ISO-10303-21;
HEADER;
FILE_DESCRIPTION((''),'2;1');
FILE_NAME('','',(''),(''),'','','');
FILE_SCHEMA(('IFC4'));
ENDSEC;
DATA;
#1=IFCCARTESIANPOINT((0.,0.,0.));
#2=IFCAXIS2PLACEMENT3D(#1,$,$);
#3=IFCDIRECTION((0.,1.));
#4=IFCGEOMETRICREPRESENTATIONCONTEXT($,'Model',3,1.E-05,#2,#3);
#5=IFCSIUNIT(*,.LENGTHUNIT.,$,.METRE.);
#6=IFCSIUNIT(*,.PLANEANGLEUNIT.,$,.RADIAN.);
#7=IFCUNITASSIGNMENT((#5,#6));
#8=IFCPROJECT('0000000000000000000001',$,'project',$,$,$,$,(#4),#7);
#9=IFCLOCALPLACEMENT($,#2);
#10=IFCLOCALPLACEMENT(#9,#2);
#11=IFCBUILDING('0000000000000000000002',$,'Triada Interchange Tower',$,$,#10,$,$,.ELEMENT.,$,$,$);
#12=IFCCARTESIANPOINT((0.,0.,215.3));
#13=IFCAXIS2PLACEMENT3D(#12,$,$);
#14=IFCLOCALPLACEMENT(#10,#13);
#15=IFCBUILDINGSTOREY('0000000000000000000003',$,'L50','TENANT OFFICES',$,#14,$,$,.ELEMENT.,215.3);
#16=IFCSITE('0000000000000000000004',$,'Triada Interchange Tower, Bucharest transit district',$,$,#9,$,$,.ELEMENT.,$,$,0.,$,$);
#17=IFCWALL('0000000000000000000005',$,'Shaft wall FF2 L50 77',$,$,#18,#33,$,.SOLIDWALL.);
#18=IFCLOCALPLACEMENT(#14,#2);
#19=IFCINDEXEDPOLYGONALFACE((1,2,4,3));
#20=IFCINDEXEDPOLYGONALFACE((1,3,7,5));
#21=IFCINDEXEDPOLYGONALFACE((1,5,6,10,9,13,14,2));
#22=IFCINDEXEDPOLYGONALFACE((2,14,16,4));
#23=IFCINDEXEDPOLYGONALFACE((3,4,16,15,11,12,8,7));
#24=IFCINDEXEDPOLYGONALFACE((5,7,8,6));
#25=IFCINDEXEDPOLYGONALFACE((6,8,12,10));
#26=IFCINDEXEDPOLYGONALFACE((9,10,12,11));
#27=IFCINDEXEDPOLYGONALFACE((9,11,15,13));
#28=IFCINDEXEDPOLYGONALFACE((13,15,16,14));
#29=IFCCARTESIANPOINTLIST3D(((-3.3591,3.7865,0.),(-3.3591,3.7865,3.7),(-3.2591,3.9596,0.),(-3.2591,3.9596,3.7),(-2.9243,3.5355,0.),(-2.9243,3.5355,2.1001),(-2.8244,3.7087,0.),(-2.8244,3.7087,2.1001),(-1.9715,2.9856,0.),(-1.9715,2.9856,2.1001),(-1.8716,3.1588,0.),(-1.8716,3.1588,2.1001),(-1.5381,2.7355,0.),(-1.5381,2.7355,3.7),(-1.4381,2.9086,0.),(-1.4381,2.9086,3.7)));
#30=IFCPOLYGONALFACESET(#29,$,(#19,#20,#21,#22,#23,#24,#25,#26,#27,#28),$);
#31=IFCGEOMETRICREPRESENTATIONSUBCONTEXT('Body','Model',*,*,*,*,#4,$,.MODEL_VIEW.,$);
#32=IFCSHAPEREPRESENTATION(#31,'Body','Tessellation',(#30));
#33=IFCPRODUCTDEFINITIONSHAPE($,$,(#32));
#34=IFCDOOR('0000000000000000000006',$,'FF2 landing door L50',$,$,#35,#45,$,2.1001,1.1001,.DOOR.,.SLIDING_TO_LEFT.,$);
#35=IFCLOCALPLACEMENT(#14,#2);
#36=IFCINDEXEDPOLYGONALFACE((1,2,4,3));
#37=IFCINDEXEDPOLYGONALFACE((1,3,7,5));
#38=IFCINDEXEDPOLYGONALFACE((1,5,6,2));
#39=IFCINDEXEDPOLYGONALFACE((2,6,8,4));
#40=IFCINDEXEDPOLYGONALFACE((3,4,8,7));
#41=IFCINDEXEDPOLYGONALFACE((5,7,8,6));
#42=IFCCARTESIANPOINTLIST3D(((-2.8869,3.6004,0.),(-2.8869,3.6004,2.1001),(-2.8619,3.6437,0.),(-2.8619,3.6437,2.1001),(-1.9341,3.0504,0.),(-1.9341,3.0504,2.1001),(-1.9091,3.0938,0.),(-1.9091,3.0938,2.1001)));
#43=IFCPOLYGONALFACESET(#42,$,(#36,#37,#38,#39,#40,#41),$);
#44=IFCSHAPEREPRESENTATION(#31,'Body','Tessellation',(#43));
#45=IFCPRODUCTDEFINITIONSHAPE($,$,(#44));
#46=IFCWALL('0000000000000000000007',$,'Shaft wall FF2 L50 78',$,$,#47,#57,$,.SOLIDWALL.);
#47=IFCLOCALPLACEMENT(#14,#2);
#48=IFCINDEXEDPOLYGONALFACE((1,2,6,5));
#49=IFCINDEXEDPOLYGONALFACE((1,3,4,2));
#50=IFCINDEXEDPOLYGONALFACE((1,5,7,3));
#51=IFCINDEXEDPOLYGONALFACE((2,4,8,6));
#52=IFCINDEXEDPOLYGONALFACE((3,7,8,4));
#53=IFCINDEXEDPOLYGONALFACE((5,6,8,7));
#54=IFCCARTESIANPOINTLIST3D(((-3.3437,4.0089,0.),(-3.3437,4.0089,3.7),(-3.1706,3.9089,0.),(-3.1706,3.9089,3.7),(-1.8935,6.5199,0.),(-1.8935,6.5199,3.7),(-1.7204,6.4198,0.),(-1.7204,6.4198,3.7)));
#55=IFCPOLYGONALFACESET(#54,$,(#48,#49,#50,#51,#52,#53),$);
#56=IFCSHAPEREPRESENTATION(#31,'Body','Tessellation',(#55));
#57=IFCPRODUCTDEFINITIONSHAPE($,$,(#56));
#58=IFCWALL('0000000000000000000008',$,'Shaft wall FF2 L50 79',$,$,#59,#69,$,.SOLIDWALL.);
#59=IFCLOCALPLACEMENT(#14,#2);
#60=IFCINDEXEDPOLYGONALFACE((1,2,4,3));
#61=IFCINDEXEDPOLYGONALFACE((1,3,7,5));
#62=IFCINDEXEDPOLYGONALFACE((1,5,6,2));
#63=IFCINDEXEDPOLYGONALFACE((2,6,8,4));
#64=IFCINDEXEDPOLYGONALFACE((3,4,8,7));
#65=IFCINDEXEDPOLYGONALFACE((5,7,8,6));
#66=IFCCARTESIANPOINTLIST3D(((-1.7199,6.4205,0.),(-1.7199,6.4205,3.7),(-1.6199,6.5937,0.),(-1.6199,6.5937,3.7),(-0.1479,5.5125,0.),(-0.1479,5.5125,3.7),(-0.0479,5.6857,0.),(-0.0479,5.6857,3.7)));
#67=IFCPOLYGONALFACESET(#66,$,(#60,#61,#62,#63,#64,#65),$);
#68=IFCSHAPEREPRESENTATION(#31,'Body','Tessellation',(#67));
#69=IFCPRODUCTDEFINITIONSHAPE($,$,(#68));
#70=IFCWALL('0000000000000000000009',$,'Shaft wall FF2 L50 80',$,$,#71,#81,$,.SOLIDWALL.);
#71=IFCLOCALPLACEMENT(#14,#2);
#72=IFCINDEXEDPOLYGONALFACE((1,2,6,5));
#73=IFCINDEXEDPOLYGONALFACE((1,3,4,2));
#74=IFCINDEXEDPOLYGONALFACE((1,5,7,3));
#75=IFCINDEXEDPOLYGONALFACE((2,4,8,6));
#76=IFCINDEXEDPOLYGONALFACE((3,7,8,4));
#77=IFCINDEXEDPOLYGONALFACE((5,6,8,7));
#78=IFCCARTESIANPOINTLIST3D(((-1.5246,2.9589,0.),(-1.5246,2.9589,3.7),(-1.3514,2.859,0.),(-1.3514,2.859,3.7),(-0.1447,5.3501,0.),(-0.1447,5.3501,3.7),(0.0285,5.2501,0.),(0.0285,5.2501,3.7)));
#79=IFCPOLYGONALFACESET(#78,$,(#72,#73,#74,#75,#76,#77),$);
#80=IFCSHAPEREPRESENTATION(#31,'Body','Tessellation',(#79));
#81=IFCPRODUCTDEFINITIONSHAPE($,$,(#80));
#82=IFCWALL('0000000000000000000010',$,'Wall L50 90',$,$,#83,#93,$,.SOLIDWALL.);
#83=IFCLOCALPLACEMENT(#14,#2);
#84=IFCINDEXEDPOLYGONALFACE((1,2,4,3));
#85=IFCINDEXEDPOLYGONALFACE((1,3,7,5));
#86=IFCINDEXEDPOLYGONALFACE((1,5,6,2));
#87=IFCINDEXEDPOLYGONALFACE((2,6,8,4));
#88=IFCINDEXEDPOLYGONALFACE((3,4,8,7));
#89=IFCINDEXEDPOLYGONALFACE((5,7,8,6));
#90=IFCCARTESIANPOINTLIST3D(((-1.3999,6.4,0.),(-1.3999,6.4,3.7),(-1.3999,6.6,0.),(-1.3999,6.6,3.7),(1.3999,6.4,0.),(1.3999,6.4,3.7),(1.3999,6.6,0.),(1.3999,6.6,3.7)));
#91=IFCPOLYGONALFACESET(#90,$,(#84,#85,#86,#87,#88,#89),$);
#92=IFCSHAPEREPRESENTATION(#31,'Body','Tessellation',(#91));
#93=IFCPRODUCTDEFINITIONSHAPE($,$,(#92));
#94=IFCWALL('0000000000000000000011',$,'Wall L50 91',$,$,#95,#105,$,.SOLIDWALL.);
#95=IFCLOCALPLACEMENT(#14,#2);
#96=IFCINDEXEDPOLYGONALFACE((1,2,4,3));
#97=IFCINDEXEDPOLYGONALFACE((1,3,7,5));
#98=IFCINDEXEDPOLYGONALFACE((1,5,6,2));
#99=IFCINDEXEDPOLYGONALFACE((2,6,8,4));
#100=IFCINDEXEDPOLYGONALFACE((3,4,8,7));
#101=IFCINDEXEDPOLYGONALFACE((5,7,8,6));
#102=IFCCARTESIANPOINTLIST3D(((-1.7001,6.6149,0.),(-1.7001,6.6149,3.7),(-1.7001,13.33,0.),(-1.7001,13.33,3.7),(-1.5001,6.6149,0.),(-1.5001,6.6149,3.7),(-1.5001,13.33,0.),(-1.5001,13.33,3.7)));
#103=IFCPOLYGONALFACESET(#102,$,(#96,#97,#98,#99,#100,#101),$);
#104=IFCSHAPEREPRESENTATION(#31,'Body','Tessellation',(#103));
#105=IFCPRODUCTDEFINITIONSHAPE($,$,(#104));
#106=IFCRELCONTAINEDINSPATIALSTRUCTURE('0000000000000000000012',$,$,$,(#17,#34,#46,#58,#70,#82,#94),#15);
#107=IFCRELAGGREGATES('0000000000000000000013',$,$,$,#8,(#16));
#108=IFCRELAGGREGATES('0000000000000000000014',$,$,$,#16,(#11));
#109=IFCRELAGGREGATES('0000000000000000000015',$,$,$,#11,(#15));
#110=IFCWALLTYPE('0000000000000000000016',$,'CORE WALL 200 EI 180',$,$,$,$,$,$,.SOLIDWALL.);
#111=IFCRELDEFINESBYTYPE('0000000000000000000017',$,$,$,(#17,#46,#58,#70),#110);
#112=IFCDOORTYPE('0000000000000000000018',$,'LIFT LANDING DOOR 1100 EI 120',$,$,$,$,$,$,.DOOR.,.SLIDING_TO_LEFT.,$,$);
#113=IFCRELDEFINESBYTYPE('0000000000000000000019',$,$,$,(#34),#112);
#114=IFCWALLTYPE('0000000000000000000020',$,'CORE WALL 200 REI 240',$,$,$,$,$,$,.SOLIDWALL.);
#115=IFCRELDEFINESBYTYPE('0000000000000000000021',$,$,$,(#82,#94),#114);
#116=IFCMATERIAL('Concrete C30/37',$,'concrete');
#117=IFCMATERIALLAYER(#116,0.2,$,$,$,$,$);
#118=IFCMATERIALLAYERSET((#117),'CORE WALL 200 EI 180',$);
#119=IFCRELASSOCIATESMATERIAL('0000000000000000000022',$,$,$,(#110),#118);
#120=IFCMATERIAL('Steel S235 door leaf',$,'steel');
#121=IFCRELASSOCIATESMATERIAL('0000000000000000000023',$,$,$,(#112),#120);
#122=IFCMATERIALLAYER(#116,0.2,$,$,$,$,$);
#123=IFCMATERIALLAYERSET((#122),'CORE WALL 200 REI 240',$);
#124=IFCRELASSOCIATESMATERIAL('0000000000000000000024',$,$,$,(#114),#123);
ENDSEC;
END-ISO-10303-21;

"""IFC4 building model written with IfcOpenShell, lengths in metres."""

from ifc_helpers import new_model, si_unit, direction, frame, frame_2d, origin, place, context, subcontext, project, spatial, rectangle, extrude, material, layer, layer_set, type_object, element, fill, save


model = new_model("IFC4")

# Units and contexts
model_context = context("Model", 3, precision=1e-05, world=origin(), true_north=direction((0.0, 1.0)))
body_context = subcontext(model_context, "Body", "Model", "MODEL_VIEW")
ifc_project = project(units=[si_unit("LENGTHUNIT", "METRE"), si_unit("PLANEANGLEUNIT", "RADIAN")], contexts=[model_context])

# Site, building, storey
site_placement = place(None, origin())
site = spatial("IfcSite", under=ifc_project, at=site_placement, Name="Triada Interchange Tower, Bucharest transit district", CompositionType="ELEMENT", RefElevation=0.0)
building_placement = place(site_placement, origin())
building = spatial("IfcBuilding", under=site, at=building_placement, Name="Triada Interchange Tower", CompositionType="ELEMENT")
storey_placement = place(building_placement, frame((0.0, 0.0, 215.3)))
storey = spatial("IfcBuildingStorey", under=building, at=storey_placement, Name="L50", Description="TENANT OFFICES", CompositionType="ELEMENT", Elevation=215.3)

# Shared definitions
ifc_material_1 = material(Name="Concrete C30/37", Category="concrete")
ifc_layer_1 = layer(ifc_material_1, 0.2)
ifc_layer_set_1 = layer_set([ifc_layer_1], Name="CORE WALL 200 EI 180")
wall_type_1 = type_object("IfcWallType", Name="CORE WALL 200 EI 180", PredefinedType="SOLIDWALL", material=ifc_layer_set_1)

# Shared definitions
ifc_material_2 = material(Name="Steel S235 door leaf", Category="steel")

# Wall, opening, door
door_type_1 = type_object("IfcDoorType", Name="LIFT LANDING DOOR 1100 EI 120", OperationType="SLIDING_TO_LEFT", PredefinedType="DOOR", material=ifc_material_2)
wall_1_placement = place(storey_placement, frame((-3.3091, 3.873, 0.0), z_axis=(0.0, 0.0, 1.0), x_axis=(0.866099, -0.499873, 0.0)))
wall_1 = element("IfcWall", 1, at=wall_1_placement, inside=storey, type_object=wall_type_1, Name="Shaft wall FF2 L50 77", PredefinedType="SOLIDWALL", context=body_context, shape_type="SweptSolid", body=[
    extrude(rectangle(XDim=2.1025, YDim=0.2, at=frame_2d((1.0513, 0.0))), origin(), (0.0, 0.0, 1.0), 3.7),
])
opening_1_placement = place(wall_1_placement, frame((0.502, 0.0, 0.0)))
opening_1 = element("IfcOpeningElement", 2, at=opening_1_placement, cuts=wall_1, PredefinedType="OPENING", context=body_context, shape_type="SweptSolid", body=[
    extrude(rectangle(XDim=1.1001, YDim=2.1001, at=frame_2d((0.55, 1.05))), frame((0.0, 0.1099, 0.0), z_axis=(0.0, -1.0, 0.0), x_axis=(1.0, 0.0, 0.0)), (0.0, 0.0, 1.0), 0.22),
])
door_1_placement = place(opening_1_placement, origin())
door_1 = element("IfcDoor", 3, at=door_1_placement, inside=storey, type_object=door_type_1, Name="FF2 landing door L50", OperationType="SLIDING_TO_LEFT", OverallHeight=2.1001, OverallWidth=1.1001, PredefinedType="DOOR", context=body_context, shape_type="SweptSolid", body=[
    extrude(rectangle(XDim=1.1001, YDim=2.1001, at=frame_2d((0.55, 1.05))), frame((0.0, 0.0249, 0.0), z_axis=(0.0, -1.0, 0.0), x_axis=(1.0, 0.0, 0.0)), (0.0, 0.0, 1.0), 0.05),
])
fill(opening_1, door_1)

# Walls
wall_2_placement = place(storey_placement, frame((-3.2571, 3.959, 0.0), z_axis=(0.0, 0.0, 1.0), x_axis=(0.500123, 0.865954, 0.0)))
element("IfcWall", 4, at=wall_2_placement, inside=storey, type_object=wall_type_1, Name="Shaft wall FF2 L50 78", PredefinedType="SOLIDWALL", context=body_context, shape_type="SweptSolid", body=[
    extrude(rectangle(XDim=2.8997, YDim=0.2, at=frame_2d((1.4497, 0.0))), origin(), (0.0, 0.0, 1.0), 3.7),
])
wall_3_placement = place(storey_placement, frame((-1.6699, 6.5071, 0.0), z_axis=(0.0, 0.0, 1.0), x_axis=(0.865941, -0.500145, 0.0)))
element("IfcWall", 5, at=wall_3_placement, inside=storey, type_object=wall_type_1, Name="Shaft wall FF2 L50 79", PredefinedType="SOLIDWALL", context=body_context, shape_type="SweptSolid", body=[
    extrude(rectangle(XDim=1.8154, YDim=0.2, at=frame_2d((0.9077, 0.0))), origin(), (0.0, 0.0, 1.0), 3.7),
])
wall_4_placement = place(storey_placement, frame((-1.438, 2.9089, 0.0), z_axis=(0.0, 0.0, 1.0), x_axis=(0.49983, 0.866124, 0.0)))
element("IfcWall", 6, at=wall_4_placement, inside=storey, type_object=wall_type_1, Name="Shaft wall FF2 L50 80", PredefinedType="SOLIDWALL", context=body_context, shape_type="SweptSolid", body=[
    extrude(rectangle(XDim=2.7607, YDim=0.2, at=frame_2d((1.3804, 0.0))), origin(), (0.0, 0.0, 1.0), 3.7),
])
ifc_layer_2 = layer(ifc_material_1, 0.2)
ifc_layer_set_2 = layer_set([ifc_layer_2], Name="CORE WALL 200 REI 240")
wall_type_2 = type_object("IfcWallType", Name="CORE WALL 200 REI 240", PredefinedType="SOLIDWALL", material=ifc_layer_set_2)
wall_5_placement = place(storey_placement, frame((-1.3999, 6.5, 0.0), z_axis=(0.0, 0.0, 1.0), x_axis=(1.0, 0.0, 0.0)))
element("IfcWall", 7, at=wall_5_placement, inside=storey, type_object=wall_type_2, Name="Wall L50 90", PredefinedType="SOLIDWALL", context=body_context, shape_type="SweptSolid", body=[
    extrude(rectangle(XDim=2.7998, YDim=0.2, at=frame_2d((1.3999, 0.0))), origin(), (0.0, 0.0, 1.0), 3.7),
])
wall_6_placement = place(storey_placement, frame((-1.6001, 6.615, 0.0), z_axis=(0.0, 0.0, 1.0), x_axis=(0.0, 1.0, 0.0)))
element("IfcWall", 8, at=wall_6_placement, inside=storey, type_object=wall_type_2, Name="Wall L50 91", PredefinedType="SOLIDWALL", context=body_context, shape_type="SweptSolid", body=[
    extrude(rectangle(XDim=6.7151, YDim=0.2, at=frame_2d((3.3574, 0.0))), origin(), (0.0, 0.0, 1.0), 3.7),
])

save(model, "model.ifc")
